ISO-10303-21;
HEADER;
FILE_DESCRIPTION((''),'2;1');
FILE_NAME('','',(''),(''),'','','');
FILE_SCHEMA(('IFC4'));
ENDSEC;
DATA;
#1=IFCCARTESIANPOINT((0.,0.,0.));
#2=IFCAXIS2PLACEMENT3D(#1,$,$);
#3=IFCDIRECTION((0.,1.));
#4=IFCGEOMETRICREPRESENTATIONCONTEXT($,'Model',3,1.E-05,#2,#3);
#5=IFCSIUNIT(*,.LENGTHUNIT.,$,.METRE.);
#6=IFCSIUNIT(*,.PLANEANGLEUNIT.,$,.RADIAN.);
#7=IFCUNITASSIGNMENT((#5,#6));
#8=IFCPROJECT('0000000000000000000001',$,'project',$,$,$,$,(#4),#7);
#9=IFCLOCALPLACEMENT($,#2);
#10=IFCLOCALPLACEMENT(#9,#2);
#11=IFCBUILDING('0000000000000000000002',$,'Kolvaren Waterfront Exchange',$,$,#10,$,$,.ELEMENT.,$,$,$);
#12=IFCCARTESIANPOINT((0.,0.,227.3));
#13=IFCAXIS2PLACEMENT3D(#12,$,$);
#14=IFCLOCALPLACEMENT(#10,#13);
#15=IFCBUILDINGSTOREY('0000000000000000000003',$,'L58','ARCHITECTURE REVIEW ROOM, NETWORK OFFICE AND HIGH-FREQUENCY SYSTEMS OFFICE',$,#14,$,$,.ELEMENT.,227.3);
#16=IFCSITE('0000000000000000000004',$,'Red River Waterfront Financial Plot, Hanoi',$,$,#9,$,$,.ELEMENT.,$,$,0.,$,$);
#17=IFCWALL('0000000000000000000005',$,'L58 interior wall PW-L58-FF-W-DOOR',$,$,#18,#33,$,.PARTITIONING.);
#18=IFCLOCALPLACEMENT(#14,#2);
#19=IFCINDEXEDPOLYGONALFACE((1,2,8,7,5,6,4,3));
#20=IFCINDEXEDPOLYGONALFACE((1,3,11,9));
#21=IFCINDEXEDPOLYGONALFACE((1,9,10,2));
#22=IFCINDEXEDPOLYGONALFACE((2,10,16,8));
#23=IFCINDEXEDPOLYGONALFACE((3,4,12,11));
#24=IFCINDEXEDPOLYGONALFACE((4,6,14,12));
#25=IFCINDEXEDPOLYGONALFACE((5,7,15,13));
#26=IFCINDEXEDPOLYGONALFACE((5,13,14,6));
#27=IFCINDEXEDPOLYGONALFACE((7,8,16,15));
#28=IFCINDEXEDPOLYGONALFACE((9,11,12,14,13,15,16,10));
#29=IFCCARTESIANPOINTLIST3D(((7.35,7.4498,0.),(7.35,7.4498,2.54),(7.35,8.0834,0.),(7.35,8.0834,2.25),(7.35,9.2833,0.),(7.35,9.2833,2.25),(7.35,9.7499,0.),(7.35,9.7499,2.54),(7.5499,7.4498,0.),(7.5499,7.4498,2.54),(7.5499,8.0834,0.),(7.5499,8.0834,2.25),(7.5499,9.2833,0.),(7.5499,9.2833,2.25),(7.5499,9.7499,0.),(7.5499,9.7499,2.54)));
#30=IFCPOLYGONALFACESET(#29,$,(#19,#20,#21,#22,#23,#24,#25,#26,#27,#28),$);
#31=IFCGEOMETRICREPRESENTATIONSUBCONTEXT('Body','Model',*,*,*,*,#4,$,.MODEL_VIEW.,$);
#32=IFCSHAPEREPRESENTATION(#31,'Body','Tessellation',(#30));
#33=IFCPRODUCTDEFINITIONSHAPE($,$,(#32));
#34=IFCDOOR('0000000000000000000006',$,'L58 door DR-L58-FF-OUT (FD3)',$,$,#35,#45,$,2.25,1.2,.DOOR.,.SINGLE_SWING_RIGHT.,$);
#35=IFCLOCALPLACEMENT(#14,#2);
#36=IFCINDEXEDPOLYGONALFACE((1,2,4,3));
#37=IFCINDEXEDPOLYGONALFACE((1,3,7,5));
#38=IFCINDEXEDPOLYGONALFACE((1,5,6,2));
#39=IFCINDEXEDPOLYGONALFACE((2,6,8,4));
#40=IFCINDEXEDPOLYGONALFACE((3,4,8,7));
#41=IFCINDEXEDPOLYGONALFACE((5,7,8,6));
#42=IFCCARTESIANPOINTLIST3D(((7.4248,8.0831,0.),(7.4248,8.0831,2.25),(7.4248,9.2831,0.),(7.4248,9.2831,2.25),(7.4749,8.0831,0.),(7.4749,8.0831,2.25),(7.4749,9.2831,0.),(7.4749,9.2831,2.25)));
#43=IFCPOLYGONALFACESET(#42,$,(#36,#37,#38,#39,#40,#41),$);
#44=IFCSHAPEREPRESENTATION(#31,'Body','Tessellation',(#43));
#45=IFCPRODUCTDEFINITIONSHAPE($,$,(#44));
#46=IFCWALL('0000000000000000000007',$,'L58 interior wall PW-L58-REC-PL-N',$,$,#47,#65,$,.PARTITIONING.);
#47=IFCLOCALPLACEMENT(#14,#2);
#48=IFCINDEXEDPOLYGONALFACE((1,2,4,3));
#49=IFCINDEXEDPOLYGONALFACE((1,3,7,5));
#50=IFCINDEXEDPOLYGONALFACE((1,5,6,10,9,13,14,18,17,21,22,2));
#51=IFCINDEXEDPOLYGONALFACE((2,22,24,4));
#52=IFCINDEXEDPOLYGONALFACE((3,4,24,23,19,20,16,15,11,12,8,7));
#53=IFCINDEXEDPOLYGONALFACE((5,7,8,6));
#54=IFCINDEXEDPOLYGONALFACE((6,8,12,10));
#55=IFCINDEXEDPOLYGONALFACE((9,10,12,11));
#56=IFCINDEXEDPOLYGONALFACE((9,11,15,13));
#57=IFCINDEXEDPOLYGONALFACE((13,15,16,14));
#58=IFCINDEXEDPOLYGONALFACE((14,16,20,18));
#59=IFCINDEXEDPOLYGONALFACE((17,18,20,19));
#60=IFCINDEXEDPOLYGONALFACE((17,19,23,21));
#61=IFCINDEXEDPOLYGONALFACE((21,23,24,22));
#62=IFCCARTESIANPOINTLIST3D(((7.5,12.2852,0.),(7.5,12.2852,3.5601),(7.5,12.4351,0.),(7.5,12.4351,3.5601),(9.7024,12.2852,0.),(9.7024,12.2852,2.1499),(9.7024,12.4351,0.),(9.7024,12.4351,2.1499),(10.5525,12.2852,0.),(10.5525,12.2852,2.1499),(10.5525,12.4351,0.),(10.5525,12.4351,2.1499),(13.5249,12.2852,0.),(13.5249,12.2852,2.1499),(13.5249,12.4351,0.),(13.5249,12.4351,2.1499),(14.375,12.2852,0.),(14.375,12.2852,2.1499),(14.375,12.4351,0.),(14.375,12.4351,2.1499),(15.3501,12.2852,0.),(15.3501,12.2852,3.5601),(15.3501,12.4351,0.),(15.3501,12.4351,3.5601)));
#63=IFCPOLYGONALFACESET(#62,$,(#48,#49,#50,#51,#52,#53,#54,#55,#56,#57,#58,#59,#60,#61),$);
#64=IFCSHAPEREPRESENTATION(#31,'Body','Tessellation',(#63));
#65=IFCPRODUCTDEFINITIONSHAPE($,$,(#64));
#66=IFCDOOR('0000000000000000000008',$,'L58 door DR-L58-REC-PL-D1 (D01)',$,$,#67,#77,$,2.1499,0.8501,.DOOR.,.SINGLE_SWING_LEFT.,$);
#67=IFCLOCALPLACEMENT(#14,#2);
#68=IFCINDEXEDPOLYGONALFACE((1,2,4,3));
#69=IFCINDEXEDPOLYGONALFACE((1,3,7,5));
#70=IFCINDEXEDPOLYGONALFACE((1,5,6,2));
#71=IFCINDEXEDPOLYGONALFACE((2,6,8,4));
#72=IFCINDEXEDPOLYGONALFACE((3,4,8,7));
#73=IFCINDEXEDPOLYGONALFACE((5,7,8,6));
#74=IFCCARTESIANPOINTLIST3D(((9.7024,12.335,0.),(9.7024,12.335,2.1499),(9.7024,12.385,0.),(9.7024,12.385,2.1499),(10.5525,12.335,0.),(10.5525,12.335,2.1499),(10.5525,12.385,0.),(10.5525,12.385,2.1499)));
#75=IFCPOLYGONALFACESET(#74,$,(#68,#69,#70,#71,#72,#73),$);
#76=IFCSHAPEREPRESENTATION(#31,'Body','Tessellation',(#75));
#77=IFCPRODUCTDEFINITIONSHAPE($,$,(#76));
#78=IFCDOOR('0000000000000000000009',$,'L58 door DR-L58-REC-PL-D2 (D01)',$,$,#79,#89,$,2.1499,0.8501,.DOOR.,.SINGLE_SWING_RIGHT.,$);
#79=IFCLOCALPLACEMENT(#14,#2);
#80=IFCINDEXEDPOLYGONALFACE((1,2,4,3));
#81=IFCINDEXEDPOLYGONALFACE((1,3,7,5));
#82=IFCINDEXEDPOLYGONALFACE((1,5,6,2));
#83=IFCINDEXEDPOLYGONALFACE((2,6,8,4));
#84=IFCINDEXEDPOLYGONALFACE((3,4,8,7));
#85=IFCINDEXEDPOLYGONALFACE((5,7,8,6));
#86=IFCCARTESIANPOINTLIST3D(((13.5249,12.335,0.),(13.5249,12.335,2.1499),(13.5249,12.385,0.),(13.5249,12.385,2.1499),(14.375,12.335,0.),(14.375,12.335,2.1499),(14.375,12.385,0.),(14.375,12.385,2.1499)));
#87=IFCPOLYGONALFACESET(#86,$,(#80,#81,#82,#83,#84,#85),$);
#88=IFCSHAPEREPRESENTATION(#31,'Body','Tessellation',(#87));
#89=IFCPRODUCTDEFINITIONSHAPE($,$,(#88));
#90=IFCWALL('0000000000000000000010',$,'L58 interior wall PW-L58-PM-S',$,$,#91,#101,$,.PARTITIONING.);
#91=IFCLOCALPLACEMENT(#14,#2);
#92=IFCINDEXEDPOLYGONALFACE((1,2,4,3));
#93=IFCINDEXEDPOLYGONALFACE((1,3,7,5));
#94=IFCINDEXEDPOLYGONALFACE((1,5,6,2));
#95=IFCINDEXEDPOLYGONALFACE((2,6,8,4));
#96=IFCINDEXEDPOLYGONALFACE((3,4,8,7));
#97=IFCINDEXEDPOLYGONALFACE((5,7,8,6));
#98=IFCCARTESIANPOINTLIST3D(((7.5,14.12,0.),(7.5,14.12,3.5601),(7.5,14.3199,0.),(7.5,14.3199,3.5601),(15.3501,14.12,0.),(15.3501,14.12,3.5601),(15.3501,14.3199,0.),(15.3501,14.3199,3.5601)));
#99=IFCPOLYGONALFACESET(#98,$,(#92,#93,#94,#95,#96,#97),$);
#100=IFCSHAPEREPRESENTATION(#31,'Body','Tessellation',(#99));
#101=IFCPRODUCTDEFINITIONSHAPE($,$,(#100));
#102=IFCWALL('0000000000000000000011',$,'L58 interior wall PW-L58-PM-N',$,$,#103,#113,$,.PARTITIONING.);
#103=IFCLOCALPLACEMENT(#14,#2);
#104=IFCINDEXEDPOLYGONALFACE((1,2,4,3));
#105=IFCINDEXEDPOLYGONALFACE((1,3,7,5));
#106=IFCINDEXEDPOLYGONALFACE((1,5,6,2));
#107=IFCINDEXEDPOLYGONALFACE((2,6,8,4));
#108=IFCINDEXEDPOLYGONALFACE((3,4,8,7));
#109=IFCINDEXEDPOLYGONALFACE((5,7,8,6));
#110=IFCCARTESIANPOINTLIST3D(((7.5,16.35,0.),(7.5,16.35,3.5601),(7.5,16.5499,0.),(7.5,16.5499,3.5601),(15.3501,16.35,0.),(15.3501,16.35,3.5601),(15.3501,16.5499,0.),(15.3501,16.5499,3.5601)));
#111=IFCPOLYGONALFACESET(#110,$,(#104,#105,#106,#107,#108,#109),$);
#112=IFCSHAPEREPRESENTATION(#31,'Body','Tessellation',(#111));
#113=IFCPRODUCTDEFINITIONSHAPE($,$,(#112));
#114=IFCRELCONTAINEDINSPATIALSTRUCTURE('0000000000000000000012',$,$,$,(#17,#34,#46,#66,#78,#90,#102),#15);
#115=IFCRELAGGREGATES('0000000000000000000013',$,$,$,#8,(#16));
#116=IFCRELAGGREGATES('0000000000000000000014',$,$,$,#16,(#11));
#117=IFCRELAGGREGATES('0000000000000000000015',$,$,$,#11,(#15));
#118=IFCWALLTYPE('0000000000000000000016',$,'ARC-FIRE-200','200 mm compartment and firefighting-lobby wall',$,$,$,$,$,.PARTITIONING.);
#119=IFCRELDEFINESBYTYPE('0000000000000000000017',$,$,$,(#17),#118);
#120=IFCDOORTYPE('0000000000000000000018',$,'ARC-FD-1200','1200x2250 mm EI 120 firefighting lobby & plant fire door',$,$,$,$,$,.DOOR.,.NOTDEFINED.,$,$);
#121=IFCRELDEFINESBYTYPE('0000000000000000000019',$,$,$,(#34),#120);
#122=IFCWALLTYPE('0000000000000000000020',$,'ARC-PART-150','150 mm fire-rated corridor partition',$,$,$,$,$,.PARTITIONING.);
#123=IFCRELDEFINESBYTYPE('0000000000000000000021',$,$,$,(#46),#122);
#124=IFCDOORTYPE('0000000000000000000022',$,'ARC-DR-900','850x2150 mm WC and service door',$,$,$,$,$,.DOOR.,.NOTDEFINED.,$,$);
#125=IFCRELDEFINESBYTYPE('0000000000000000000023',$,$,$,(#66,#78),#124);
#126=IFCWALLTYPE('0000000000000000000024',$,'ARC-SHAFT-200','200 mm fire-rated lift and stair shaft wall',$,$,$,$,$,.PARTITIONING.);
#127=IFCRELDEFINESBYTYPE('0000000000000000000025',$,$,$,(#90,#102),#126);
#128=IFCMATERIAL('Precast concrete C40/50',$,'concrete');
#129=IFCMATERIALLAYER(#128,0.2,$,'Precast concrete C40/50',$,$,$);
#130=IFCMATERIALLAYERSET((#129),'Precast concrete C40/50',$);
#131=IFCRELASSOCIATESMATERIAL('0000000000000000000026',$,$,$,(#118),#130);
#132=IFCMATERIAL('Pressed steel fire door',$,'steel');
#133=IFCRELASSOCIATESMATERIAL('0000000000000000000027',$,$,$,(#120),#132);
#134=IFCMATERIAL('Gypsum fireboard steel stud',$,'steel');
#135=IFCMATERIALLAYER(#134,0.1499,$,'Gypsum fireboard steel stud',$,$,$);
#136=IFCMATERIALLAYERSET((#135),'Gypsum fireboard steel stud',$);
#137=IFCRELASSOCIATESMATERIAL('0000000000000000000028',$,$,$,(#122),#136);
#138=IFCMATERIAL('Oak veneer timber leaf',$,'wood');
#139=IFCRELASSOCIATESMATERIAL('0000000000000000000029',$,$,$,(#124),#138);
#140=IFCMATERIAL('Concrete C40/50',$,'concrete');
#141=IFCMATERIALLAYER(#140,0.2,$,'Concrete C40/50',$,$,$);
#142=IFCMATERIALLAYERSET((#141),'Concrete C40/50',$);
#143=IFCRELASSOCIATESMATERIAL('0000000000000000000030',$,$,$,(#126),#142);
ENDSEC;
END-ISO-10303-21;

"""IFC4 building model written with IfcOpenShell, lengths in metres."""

from ifc_helpers import new_model, si_unit, direction, frame, frame_2d, origin, place, context, subcontext, project, spatial, rectangle, extrude, material, layer, layer_set, type_object, element, fill, save


model = new_model("IFC4")

# Units and contexts
model_context = context("Model", 3, precision=1e-05, world=origin(), true_north=direction((0.0, 1.0)))
body_context = subcontext(model_context, "Body", "Model", "MODEL_VIEW")
ifc_project = project(units=[si_unit("LENGTHUNIT", "METRE"), si_unit("PLANEANGLEUNIT", "RADIAN")], contexts=[model_context])

# Site, building, storey
site_placement = place(None, origin())
site = spatial("IfcSite", under=ifc_project, at=site_placement, Name="Red River Waterfront Financial Plot, Hanoi", CompositionType="ELEMENT", RefElevation=0.0)
building_placement = place(site_placement, origin())
building = spatial("IfcBuilding", under=site, at=building_placement, Name="Kolvaren Waterfront Exchange", CompositionType="ELEMENT")
storey_placement = place(building_placement, frame((0.0, 0.0, 227.3)))
storey = spatial("IfcBuildingStorey", under=building, at=storey_placement, Name="L58", Description="ARCHITECTURE REVIEW ROOM, NETWORK OFFICE AND HIGH-FREQUENCY SYSTEMS OFFICE", CompositionType="ELEMENT", Elevation=227.3)

# Shared definitions
ifc_material_1 = material(Name="Precast concrete C40/50", Category="concrete")
ifc_layer_1 = layer(ifc_material_1, 0.2, Name="Precast concrete C40/50")
ifc_layer_set_1 = layer_set([ifc_layer_1], Name="Precast concrete C40/50")
wall_type_1 = type_object("IfcWallType", Name="ARC-FIRE-200", Description="200 mm compartment and firefighting-lobby wall", PredefinedType="PARTITIONING", material=ifc_layer_set_1)

# Wall, opening, door
wall_1_placement = place(storey_placement, frame((7.45, 7.45, 0.0), z_axis=(0.0, 0.0, 1.0), x_axis=(0.0, 1.0, 0.0)))
wall_1 = element("IfcWall", 1, at=wall_1_placement, inside=storey, type_object=wall_type_1, Name="L58 interior wall PW-L58-FF-W-DOOR", PredefinedType="PARTITIONING", context=body_context, shape_type="SweptSolid", body=[
    extrude(rectangle(XDim=2.3, YDim=0.2, at=frame_2d((1.1499, 0.0))), origin(), (0.0, 0.0, 1.0), 2.54),
])
opening_1_placement = place(wall_1_placement, frame((0.6333, 0.0, 0.0)))
opening_1 = element("IfcOpeningElement", 2, at=opening_1_placement, cuts=wall_1, PredefinedType="OPENING", context=body_context, shape_type="SweptSolid", body=[
    extrude(rectangle(XDim=1.2, YDim=2.25, at=frame_2d((0.6001, 1.125))), frame((0.0, 0.1099, 0.0), z_axis=(0.0, -1.0, 0.0), x_axis=(1.0, 0.0, 0.0)), (0.0, 0.0, 1.0), 0.22),
])
ifc_material_2 = material(Name="Pressed steel fire door", Category="steel")
door_type_1 = type_object("IfcDoorType", Name="ARC-FD-1200", Description="1200x2250 mm EI 120 firefighting lobby & plant fire door", OperationType="NOTDEFINED", PredefinedType="DOOR", material=ifc_material_2)
door_1_placement = place(opening_1_placement, frame((1.2, 0.0, 0.0), z_axis=(0.0, 0.0, 1.0), x_axis=(-1.0, 0.0, 0.0)))
door_1 = element("IfcDoor", 3, at=door_1_placement, inside=storey, type_object=door_type_1, Name="L58 door DR-L58-FF-OUT (FD3)", OperationType="SINGLE_SWING_RIGHT", OverallHeight=2.25, OverallWidth=1.2, PredefinedType="DOOR", context=body_context, shape_type="SweptSolid", body=[
    extrude(rectangle(XDim=1.2, YDim=2.25, at=frame_2d((0.6001, 1.125))), frame((0.0, 0.0249, 0.0), z_axis=(0.0, -1.0, 0.0), x_axis=(1.0, 0.0, 0.0)), (0.0, 0.0, 1.0), 0.05),
])
fill(opening_1, door_1)

# Wall, openings, doors
ifc_material_3 = material(Name="Gypsum fireboard steel stud", Category="steel")
ifc_layer_2 = layer(ifc_material_3, 0.1499, Name="Gypsum fireboard steel stud")
ifc_layer_set_2 = layer_set([ifc_layer_2], Name="Gypsum fireboard steel stud")
wall_type_2 = type_object("IfcWallType", Name="ARC-PART-150", Description="150 mm fire-rated corridor partition", PredefinedType="PARTITIONING", material=ifc_layer_set_2)
wall_2_placement = place(storey_placement, frame((7.5, 12.3601, 0.0), z_axis=(0.0, 0.0, 1.0), x_axis=(1.0, 0.0, 0.0)))
wall_2 = element("IfcWall", 4, at=wall_2_placement, inside=storey, type_object=wall_type_2, Name="L58 interior wall PW-L58-REC-PL-N", PredefinedType="PARTITIONING", context=body_context, shape_type="SweptSolid", body=[
    extrude(rectangle(XDim=7.8501, YDim=0.1499, at=frame_2d((3.925, 0.0))), origin(), (0.0, 0.0, 1.0), 3.5601),
])
opening_2_placement = place(wall_2_placement, frame((2.2024, 0.0, 0.0)))
opening_2 = element("IfcOpeningElement", 5, at=opening_2_placement, cuts=wall_2, PredefinedType="OPENING", context=body_context, shape_type="SweptSolid", body=[
    extrude(rectangle(XDim=0.8501, YDim=2.1499, at=frame_2d((0.425, 1.075))), frame((0.0, 0.085, 0.0), z_axis=(0.0, -1.0, 0.0), x_axis=(1.0, 0.0, 0.0)), (0.0, 0.0, 1.0), 0.1699),
])
opening_3_placement = place(wall_2_placement, frame((6.0249, 0.0, 0.0)))
opening_3 = element("IfcOpeningElement", 6, at=opening_3_placement, cuts=wall_2, PredefinedType="OPENING", context=body_context, shape_type="SweptSolid", body=[
    extrude(rectangle(XDim=0.8501, YDim=2.1499, at=frame_2d((0.425, 1.075))), frame((0.0, 0.085, 0.0), z_axis=(0.0, -1.0, 0.0), x_axis=(1.0, 0.0, 0.0)), (0.0, 0.0, 1.0), 0.1699),
])
ifc_material_4 = material(Name="Oak veneer timber leaf", Category="wood")
door_type_2 = type_object("IfcDoorType", Name="ARC-DR-900", Description="850x2150 mm WC and service door", OperationType="NOTDEFINED", PredefinedType="DOOR", material=ifc_material_4)
door_2_placement = place(opening_2_placement, origin())
door_2 = element("IfcDoor", 7, at=door_2_placement, inside=storey, type_object=door_type_2, Name="L58 door DR-L58-REC-PL-D1 (D01)", OperationType="SINGLE_SWING_LEFT", OverallHeight=2.1499, OverallWidth=0.8501, PredefinedType="DOOR", context=body_context, shape_type="SweptSolid", body=[
    extrude(rectangle(XDim=0.8501, YDim=2.1499, at=frame_2d((0.425, 1.075))), frame((0.0, 0.0249, 0.0), z_axis=(0.0, -1.0, 0.0), x_axis=(1.0, 0.0, 0.0)), (0.0, 0.0, 1.0), 0.05),
])
fill(opening_2, door_2)
door_3_placement = place(opening_3_placement, origin())
door_3 = element("IfcDoor", 8, at=door_3_placement, inside=storey, type_object=door_type_2, Name="L58 door DR-L58-REC-PL-D2 (D01)", OperationType="SINGLE_SWING_RIGHT", OverallHeight=2.1499, OverallWidth=0.8501, PredefinedType="DOOR", context=body_context, shape_type="SweptSolid", body=[
    extrude(rectangle(XDim=0.8501, YDim=2.1499, at=frame_2d((0.425, 1.075))), frame((0.0, 0.0249, 0.0), z_axis=(0.0, -1.0, 0.0), x_axis=(1.0, 0.0, 0.0)), (0.0, 0.0, 1.0), 0.05),
])
fill(opening_3, door_3)

# Walls
ifc_material_5 = material(Name="Concrete C40/50", Category="concrete")
ifc_layer_3 = layer(ifc_material_5, 0.2, Name="Concrete C40/50")
ifc_layer_set_3 = layer_set([ifc_layer_3], Name="Concrete C40/50")
wall_type_3 = type_object("IfcWallType", Name="ARC-SHAFT-200", Description="200 mm fire-rated lift and stair shaft wall", PredefinedType="PARTITIONING", material=ifc_layer_set_3)
for number, where, z_axis, x_axis, name in (
    (9, (7.5, 14.22, 0.0), (0.0, 0.0, 1.0), (1.0, 0.0, 0.0), "L58 interior wall PW-L58-PM-S"),
    (10, (7.5, 16.45, 0.0), (0.0, 0.0, 1.0), (1.0, 0.0, 0.0), "L58 interior wall PW-L58-PM-N"),
):
    element("IfcWall", number, at=place(storey_placement, frame(where, z_axis=z_axis, x_axis=x_axis)), inside=storey, type_object=wall_type_3, Name=name, PredefinedType="PARTITIONING", context=body_context, shape_type="SweptSolid", body=[
        extrude(rectangle(XDim=7.8501, YDim=0.2, at=frame_2d((3.925, 0.0))), origin(), (0.0, 0.0, 1.0), 3.5601),
    ])

save(model, "model.ifc")
